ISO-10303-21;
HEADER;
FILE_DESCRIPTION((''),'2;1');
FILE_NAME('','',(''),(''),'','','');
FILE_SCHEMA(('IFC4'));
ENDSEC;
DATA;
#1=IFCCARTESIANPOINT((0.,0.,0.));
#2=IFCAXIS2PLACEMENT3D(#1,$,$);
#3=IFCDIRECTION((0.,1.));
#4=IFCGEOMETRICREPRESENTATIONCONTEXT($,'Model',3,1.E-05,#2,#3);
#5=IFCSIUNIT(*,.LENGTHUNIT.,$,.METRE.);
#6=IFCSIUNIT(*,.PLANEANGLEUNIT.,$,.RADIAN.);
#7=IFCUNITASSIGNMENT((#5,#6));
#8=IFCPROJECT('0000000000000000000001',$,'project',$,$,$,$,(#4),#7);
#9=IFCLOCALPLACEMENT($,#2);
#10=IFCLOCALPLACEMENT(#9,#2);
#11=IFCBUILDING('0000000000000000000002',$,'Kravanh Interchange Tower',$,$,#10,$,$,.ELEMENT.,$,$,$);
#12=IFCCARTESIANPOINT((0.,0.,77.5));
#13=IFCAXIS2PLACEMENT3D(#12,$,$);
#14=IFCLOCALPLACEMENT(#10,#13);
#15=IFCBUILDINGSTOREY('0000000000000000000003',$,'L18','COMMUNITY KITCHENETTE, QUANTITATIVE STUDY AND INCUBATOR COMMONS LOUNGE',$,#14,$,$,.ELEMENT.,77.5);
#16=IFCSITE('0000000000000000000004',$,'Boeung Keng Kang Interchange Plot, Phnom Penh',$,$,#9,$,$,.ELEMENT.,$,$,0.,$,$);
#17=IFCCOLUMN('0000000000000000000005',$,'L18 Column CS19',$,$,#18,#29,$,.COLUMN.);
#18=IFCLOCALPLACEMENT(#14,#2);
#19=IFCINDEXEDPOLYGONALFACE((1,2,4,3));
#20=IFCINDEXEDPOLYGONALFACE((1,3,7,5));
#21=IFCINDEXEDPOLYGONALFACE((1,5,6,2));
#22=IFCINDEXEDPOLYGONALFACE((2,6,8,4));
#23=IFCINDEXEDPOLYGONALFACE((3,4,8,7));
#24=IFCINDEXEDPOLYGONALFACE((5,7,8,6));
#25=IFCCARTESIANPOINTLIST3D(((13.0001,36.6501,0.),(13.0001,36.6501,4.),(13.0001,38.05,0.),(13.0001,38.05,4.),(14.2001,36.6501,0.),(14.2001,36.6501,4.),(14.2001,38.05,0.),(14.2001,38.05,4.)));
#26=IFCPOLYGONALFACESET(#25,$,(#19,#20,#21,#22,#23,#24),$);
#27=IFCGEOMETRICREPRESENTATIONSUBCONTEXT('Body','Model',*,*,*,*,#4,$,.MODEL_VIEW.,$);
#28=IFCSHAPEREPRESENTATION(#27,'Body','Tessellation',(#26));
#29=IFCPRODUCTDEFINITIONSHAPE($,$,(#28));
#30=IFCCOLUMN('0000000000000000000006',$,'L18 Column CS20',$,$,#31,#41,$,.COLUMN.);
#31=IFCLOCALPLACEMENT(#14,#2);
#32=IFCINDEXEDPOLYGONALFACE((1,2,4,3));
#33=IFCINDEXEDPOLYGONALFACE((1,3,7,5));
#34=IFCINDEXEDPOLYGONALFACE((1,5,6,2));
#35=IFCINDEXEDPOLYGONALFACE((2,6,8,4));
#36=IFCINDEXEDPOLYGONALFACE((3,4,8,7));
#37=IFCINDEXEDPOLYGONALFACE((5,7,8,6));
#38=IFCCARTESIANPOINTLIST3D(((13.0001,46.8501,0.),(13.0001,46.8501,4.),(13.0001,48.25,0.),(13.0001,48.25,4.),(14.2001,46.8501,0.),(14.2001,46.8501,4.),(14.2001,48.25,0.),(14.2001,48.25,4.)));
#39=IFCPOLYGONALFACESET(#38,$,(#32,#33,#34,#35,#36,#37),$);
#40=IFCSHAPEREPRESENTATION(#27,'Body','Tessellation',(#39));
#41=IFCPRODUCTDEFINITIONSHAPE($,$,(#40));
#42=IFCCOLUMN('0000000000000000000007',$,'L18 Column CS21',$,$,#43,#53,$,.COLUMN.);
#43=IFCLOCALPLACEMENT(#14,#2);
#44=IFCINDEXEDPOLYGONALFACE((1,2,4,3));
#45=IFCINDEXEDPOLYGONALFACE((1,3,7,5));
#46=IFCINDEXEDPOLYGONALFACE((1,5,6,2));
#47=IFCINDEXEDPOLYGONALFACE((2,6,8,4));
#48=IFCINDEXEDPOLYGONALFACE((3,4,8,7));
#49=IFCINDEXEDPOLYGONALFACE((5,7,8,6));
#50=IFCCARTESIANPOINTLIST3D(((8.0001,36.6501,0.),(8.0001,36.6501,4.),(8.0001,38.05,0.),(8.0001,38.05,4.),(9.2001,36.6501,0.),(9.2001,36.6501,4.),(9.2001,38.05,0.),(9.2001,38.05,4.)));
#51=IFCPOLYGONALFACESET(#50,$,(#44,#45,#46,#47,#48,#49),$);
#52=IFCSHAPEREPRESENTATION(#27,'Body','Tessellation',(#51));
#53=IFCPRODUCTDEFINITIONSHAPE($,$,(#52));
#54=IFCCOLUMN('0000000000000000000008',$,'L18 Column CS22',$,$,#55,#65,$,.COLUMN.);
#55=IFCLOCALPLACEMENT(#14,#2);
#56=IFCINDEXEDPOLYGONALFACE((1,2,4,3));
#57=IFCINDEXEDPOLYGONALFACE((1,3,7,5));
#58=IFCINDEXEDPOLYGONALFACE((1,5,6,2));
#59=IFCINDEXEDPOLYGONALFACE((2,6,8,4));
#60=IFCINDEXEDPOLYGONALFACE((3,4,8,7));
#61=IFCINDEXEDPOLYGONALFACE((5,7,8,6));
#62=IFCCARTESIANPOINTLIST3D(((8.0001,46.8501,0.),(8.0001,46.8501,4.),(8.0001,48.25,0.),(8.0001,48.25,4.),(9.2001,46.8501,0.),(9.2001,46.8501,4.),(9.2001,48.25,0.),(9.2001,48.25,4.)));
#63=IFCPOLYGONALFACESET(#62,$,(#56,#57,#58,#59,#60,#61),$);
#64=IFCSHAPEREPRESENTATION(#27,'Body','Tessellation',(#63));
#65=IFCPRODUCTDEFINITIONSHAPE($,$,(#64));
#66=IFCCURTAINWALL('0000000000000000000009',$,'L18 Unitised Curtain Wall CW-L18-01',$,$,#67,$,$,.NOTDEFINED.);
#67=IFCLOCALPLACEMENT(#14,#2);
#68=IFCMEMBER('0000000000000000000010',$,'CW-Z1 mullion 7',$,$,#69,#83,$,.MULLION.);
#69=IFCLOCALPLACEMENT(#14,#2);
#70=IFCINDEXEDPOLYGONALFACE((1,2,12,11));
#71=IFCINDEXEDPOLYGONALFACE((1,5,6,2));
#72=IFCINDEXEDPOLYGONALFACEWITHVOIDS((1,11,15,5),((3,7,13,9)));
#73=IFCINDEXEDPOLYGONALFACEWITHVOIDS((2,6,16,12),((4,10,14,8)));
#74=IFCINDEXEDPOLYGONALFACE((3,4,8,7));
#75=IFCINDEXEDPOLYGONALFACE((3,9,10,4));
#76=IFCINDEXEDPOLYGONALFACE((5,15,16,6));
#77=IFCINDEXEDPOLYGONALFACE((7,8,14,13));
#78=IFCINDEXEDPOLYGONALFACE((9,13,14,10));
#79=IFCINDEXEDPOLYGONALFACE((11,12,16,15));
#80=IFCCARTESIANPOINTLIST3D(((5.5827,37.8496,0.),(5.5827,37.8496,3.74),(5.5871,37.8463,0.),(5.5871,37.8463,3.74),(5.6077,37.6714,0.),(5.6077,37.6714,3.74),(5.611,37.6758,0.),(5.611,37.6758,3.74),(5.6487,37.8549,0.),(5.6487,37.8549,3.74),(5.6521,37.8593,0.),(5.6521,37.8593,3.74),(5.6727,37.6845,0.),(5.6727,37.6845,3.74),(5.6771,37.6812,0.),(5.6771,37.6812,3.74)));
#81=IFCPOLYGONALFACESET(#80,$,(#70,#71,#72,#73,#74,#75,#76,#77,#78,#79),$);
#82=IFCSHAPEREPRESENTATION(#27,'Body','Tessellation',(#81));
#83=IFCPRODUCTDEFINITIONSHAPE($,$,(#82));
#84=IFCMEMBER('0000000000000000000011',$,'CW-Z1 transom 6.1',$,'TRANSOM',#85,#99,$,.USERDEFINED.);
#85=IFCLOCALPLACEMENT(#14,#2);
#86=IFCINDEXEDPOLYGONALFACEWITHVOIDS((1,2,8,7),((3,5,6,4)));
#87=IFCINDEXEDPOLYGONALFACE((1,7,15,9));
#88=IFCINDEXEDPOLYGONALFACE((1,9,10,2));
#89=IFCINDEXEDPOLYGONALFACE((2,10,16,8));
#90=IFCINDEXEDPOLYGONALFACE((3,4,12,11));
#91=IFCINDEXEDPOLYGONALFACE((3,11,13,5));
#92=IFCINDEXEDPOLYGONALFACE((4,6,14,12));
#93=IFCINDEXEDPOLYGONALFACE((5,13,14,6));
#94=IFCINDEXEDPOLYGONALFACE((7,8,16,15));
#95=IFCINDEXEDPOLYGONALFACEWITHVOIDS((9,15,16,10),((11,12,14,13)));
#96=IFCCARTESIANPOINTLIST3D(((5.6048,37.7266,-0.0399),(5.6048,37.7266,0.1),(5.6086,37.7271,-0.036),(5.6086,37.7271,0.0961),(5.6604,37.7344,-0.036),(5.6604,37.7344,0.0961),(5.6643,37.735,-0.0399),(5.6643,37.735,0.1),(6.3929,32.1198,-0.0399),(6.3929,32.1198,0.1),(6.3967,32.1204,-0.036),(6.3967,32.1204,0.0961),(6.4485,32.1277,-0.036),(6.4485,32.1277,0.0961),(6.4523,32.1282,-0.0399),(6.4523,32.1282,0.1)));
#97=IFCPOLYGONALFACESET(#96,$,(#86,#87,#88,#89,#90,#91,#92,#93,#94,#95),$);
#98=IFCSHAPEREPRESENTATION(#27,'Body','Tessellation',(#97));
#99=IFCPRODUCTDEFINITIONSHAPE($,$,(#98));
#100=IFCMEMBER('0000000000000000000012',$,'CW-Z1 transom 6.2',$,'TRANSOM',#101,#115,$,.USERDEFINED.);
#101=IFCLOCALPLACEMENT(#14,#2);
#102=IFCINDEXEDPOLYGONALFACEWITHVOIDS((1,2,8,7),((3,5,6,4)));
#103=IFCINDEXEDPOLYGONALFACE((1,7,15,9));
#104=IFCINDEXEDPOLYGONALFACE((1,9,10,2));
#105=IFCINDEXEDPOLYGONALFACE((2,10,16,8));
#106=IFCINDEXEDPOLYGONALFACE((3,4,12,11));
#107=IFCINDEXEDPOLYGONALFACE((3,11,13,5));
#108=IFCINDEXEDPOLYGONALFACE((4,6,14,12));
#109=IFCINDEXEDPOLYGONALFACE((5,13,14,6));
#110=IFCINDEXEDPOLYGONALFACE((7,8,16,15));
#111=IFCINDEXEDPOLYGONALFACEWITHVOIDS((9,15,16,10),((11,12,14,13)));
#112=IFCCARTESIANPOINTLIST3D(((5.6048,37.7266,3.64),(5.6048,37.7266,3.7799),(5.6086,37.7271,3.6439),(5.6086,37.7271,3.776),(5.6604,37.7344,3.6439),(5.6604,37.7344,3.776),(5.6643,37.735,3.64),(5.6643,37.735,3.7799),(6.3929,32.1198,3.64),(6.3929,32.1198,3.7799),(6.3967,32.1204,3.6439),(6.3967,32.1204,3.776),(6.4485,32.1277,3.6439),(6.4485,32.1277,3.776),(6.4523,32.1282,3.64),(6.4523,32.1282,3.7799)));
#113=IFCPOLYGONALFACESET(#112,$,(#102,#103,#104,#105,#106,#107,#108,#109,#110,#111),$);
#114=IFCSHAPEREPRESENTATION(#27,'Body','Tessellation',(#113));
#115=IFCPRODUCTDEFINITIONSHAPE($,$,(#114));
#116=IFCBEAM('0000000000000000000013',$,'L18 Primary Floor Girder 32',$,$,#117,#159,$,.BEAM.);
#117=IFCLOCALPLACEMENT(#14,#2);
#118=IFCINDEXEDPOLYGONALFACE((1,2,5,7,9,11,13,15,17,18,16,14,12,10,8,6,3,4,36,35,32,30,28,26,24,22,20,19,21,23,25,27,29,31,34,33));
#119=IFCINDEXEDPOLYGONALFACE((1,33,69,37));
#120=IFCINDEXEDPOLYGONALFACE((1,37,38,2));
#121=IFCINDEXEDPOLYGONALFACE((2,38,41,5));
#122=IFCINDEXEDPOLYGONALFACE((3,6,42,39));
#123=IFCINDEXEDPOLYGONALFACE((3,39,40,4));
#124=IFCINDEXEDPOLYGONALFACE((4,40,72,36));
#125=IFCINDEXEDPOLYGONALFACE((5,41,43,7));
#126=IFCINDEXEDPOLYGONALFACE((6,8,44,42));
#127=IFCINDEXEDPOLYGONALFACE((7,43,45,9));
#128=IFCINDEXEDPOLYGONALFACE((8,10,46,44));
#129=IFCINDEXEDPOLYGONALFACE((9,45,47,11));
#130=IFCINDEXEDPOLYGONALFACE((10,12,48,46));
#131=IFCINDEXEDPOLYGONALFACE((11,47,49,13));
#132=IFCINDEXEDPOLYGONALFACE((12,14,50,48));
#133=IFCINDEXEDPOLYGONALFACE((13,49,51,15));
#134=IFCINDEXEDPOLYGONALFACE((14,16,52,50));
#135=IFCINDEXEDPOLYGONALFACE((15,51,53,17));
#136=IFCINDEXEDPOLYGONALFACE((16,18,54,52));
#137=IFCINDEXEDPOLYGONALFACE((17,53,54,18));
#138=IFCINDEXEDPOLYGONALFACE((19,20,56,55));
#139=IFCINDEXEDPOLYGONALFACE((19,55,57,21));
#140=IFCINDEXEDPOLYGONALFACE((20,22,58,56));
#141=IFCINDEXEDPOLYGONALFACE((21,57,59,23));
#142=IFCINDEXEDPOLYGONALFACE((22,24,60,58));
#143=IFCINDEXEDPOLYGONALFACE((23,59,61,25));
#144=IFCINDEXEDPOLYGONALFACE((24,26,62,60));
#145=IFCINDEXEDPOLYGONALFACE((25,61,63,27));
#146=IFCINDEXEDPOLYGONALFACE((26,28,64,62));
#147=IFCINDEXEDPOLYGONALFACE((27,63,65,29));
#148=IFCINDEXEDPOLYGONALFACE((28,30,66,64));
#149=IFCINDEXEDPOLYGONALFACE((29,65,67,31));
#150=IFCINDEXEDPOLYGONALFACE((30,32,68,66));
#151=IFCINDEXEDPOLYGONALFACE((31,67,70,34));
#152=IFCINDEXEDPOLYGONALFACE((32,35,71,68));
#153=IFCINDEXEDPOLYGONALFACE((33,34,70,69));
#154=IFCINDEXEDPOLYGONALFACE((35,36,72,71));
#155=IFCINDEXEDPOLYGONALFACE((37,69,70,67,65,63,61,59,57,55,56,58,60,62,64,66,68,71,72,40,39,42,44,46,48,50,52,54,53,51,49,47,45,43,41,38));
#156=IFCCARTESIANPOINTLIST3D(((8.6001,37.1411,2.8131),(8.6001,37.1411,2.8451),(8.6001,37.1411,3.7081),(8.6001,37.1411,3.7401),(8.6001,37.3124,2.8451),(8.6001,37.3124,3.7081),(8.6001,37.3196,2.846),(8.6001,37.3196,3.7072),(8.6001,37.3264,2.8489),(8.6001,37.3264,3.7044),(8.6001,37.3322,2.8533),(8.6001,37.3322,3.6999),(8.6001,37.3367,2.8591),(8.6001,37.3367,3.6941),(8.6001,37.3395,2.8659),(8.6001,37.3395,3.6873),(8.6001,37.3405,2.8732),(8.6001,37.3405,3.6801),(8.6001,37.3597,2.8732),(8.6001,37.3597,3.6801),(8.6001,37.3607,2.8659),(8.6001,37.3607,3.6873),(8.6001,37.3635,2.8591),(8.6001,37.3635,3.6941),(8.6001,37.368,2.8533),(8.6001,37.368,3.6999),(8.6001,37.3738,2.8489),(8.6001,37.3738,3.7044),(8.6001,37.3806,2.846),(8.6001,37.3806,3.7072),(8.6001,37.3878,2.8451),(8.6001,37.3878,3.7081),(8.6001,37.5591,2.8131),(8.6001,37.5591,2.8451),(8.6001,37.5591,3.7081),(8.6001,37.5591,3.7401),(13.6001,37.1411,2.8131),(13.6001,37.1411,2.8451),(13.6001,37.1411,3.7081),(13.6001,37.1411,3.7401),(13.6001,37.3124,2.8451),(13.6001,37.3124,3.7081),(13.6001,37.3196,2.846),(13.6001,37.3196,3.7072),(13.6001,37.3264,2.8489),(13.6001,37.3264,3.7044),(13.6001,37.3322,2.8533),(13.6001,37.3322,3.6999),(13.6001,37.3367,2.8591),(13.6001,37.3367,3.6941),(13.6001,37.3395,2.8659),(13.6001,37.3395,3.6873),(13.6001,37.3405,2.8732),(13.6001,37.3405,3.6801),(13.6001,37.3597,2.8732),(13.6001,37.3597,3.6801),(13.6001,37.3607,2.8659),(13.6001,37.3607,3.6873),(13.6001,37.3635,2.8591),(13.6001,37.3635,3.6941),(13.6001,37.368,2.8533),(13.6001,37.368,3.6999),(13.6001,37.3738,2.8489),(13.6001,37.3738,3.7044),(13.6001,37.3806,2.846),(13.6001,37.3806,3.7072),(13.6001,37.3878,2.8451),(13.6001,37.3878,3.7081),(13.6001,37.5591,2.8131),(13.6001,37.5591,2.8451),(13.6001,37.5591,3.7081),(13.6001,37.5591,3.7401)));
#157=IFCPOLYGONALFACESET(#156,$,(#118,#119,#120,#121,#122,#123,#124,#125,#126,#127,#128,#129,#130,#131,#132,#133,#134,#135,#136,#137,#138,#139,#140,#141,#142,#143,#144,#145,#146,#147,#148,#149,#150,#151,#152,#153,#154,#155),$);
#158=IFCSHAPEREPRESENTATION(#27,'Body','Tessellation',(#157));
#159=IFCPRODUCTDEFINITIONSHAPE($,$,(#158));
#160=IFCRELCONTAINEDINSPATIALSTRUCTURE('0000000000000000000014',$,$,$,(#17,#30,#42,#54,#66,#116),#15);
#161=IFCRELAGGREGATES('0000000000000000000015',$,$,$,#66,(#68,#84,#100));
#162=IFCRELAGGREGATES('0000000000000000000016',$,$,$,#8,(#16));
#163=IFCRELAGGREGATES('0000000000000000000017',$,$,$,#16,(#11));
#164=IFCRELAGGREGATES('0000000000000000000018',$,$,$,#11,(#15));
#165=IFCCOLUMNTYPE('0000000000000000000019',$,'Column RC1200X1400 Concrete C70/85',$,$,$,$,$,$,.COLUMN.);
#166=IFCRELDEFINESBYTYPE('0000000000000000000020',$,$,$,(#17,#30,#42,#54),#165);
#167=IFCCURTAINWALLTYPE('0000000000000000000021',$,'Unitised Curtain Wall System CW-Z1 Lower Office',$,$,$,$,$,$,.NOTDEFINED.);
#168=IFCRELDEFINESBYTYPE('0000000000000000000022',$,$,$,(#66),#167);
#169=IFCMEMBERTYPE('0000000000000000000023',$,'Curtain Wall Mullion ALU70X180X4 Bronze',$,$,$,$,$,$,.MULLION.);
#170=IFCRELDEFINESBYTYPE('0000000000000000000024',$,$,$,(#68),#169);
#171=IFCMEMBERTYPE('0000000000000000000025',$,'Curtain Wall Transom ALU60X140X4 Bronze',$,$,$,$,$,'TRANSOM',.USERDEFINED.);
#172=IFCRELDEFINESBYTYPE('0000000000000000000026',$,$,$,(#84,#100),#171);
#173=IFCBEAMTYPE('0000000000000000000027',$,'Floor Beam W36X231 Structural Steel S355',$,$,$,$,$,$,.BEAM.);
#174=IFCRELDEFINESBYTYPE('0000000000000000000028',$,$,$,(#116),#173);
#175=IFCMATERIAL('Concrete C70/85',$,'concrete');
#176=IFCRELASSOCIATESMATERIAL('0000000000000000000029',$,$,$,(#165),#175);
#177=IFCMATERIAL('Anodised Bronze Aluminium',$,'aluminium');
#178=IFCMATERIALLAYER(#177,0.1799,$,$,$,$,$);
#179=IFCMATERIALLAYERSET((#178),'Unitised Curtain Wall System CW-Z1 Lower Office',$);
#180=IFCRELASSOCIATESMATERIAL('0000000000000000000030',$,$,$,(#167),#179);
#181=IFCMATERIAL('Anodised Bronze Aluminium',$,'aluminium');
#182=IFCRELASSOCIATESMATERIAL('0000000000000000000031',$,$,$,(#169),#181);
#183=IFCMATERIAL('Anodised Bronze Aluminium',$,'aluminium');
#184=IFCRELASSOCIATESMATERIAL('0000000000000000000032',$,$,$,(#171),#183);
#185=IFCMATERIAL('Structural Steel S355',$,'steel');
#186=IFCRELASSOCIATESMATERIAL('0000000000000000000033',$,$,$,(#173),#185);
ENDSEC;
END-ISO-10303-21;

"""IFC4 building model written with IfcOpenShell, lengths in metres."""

from ifc_helpers import new_model, si_unit, direction, frame, origin, origin_2d, place, context, subcontext, project, spatial, rectangle, hollow_rectangle, i_section, extrude, material, layer, layer_set, material_profile, profile_set, type_object, element, aggregate, save


model = new_model("IFC4")

# Units and contexts
model_context = context("Model", 3, precision=1e-05, world=origin(), true_north=direction((0.0, 1.0)))
body_context = subcontext(model_context, "Body", "Model", "MODEL_VIEW")
ifc_project = project(units=[si_unit("LENGTHUNIT", "METRE"), si_unit("PLANEANGLEUNIT", "RADIAN")], contexts=[model_context])

# Site, building, storey
site_placement = place(None, origin())
site = spatial("IfcSite", under=ifc_project, at=site_placement, Name="Boeung Keng Kang Interchange Plot, Phnom Penh", CompositionType="ELEMENT", RefElevation=0.0)
building_placement = place(site_placement, origin())
building = spatial("IfcBuilding", under=site, at=building_placement, Name="Kravanh Interchange Tower", CompositionType="ELEMENT")
storey_placement = place(building_placement, frame((0.0, 0.0, 77.5)))
storey = spatial("IfcBuildingStorey", under=building, at=storey_placement, Name="L18", Description="COMMUNITY KITCHENETTE, QUANTITATIVE STUDY AND INCUBATOR COMMONS LOUNGE", CompositionType="ELEMENT", Elevation=77.5)

# Columns
ifc_material_1 = material(Name="Concrete C70/85", Category="concrete")
ifc_material_profile_1 = material_profile(ifc_material_1, rectangle(XDim=1.2, YDim=1.3999, at=origin_2d()), Name="RC1200X1400")
ifc_profile_set_1 = profile_set([ifc_material_profile_1], Name="Concrete C70/85")
column_type = type_object("IfcColumnType", Name="Column RC1200X1400 Concrete C70/85", PredefinedType="COLUMN", material=ifc_profile_set_1)
for number, where, z_axis, x_axis, name in (
    (1, (13.6001, 37.3501, 0.0), (0.0, 0.0, 1.0), (1.0, 0.0, 0.0), "L18 Column CS19"),
    (2, (13.6001, 47.55, 0.0), (0.0, 0.0, 1.0), (1.0, 0.0, 0.0), "L18 Column CS20"),
    (3, (8.6001, 37.3501, 0.0), (0.0, 0.0, 1.0), (1.0, 0.0, 0.0), "L18 Column CS21"),
    (4, (8.6001, 47.55, 0.0), (0.0, 0.0, 1.0), (1.0, 0.0, 0.0), "L18 Column CS22"),
):
    element("IfcColumn", number, at=place(storey_placement, frame(where, z_axis=z_axis, x_axis=x_axis)), inside=storey, type_object=column_type, Name=name, PredefinedType="COLUMN", context=body_context, shape_type="SweptSolid", body=[
        extrude(rectangle(XDim=1.2, YDim=1.3999, at=origin_2d()), origin(), (0.0, 0.0, 1.0), 4.0),
    ])

# Curtain wall, members
ifc_material_2 = material(Name="Anodised Bronze Aluminium", Category="aluminium")
ifc_layer_1 = layer(ifc_material_2, 0.1799)
ifc_layer_set_1 = layer_set([ifc_layer_1], Name="Unitised Curtain Wall System CW-Z1 Lower Office")
curtain_wall_type = type_object("IfcCurtainWallType", Name="Unitised Curtain Wall System CW-Z1 Lower Office", PredefinedType="NOTDEFINED", material=ifc_layer_set_1)
curtain_wall_placement = place(storey_placement, origin())
curtain_wall = element("IfcCurtainWall", 5, at=curtain_wall_placement, inside=storey, type_object=curtain_wall_type, Name="L18 Unitised Curtain Wall CW-L18-01", PredefinedType="NOTDEFINED")
ifc_material_3 = material(Name="Anodised Bronze Aluminium", Category="aluminium")
ifc_material_profile_2 = material_profile(ifc_material_3, hollow_rectangle(XDim=0.0701, YDim=0.1799, WallThickness=0.0039, at=origin_2d()), Name="ALU70X180X4")
ifc_profile_set_2 = profile_set([ifc_material_profile_2], Name="Anodised Bronze Aluminium")
member_type_1 = type_object("IfcMemberType", Name="Curtain Wall Mullion ALU70X180X4 Bronze", PredefinedType="MULLION", material=ifc_profile_set_2)
member_1_placement = place(storey_placement, frame((5.6299, 37.7654, 0.0), z_axis=(0.0, 0.0, 1.0), x_axis=(-0.990268, -0.139177, 0.0)))
member_1 = element("IfcMember", 6, at=member_1_placement, type_object=member_type_1, Name="CW-Z1 mullion 7", PredefinedType="MULLION", context=body_context, shape_type="SweptSolid", body=[
    extrude(hollow_rectangle(XDim=0.0701, YDim=0.1799, WallThickness=0.0039, at=origin_2d()), origin(), (0.0, 0.0, 1.0), 3.74),
])
ifc_material_4 = material(Name="Anodised Bronze Aluminium", Category="aluminium")
ifc_material_profile_3 = material_profile(ifc_material_4, hollow_rectangle(XDim=0.0601, YDim=0.1399, WallThickness=0.0039, at=origin_2d()), Name="ALU60X140X4")
ifc_profile_set_3 = profile_set([ifc_material_profile_3], Name="Anodised Bronze Aluminium")
member_type_2 = type_object("IfcMemberType", Name="Curtain Wall Transom ALU60X140X4 Bronze", ElementType="TRANSOM", PredefinedType="USERDEFINED", material=ifc_profile_set_3)
member_2_placement = place(storey_placement, frame((6.4226, 32.124, 0.03), z_axis=(-0.139193, 0.990265, 0.0), x_axis=(-0.990265, -0.139193, 0.0)))
member_2 = element("IfcMember", 7, at=member_2_placement, type_object=member_type_2, Name="CW-Z1 transom 6.1", ObjectType="TRANSOM", PredefinedType="USERDEFINED", context=body_context, shape_type="SweptSolid", body=[
    extrude(hollow_rectangle(XDim=0.0601, YDim=0.1399, WallThickness=0.0039, at=origin_2d()), origin(), (0.0, 0.0, 1.0), 5.6619),
])
member_3_placement = place(storey_placement, frame((6.4226, 32.124, 3.71), z_axis=(-0.139193, 0.990265, 0.0), x_axis=(-0.990265, -0.139193, 0.0)))
member_3 = element("IfcMember", 8, at=member_3_placement, type_object=member_type_2, Name="CW-Z1 transom 6.2", ObjectType="TRANSOM", PredefinedType="USERDEFINED", context=body_context, shape_type="SweptSolid", body=[
    extrude(hollow_rectangle(XDim=0.0601, YDim=0.1399, WallThickness=0.0039, at=origin_2d()), origin(), (0.0, 0.0, 1.0), 5.6619),
])

# Beam
ifc_material_5 = material(Name="Structural Steel S355", Category="steel")
ifc_material_profile_4 = material_profile(ifc_material_5, i_section(OverallWidth=0.418, OverallDepth=0.927, WebThickness=0.0193, FlangeThickness=0.032, FilletRadius=0.0281, at=origin_2d()), Name="W36X231")
ifc_profile_set_4 = profile_set([ifc_material_profile_4], Name="Structural Steel S355")
beam_type = type_object("IfcBeamType", Name="Floor Beam W36X231 Structural Steel S355", PredefinedType="BEAM", material=ifc_profile_set_4)
beam_1_placement = place(storey_placement, frame((13.6001, 37.3501, 3.2766), z_axis=(-1.0, 0.0, 0.0), x_axis=(0.0, -1.0, 0.0)))
element("IfcBeam", 9, at=beam_1_placement, inside=storey, type_object=beam_type, Name="L18 Primary Floor Girder 32", PredefinedType="BEAM", context=body_context, shape_type="SweptSolid", body=[
    extrude(i_section(OverallWidth=0.418, OverallDepth=0.927, WebThickness=0.0193, FlangeThickness=0.032, FilletRadius=0.0281, at=origin_2d()), origin(), (0.0, 0.0, 1.0), 5.0),
])

aggregate(curtain_wall, [member_1, member_2, member_3])

save(model, "model.ifc")
